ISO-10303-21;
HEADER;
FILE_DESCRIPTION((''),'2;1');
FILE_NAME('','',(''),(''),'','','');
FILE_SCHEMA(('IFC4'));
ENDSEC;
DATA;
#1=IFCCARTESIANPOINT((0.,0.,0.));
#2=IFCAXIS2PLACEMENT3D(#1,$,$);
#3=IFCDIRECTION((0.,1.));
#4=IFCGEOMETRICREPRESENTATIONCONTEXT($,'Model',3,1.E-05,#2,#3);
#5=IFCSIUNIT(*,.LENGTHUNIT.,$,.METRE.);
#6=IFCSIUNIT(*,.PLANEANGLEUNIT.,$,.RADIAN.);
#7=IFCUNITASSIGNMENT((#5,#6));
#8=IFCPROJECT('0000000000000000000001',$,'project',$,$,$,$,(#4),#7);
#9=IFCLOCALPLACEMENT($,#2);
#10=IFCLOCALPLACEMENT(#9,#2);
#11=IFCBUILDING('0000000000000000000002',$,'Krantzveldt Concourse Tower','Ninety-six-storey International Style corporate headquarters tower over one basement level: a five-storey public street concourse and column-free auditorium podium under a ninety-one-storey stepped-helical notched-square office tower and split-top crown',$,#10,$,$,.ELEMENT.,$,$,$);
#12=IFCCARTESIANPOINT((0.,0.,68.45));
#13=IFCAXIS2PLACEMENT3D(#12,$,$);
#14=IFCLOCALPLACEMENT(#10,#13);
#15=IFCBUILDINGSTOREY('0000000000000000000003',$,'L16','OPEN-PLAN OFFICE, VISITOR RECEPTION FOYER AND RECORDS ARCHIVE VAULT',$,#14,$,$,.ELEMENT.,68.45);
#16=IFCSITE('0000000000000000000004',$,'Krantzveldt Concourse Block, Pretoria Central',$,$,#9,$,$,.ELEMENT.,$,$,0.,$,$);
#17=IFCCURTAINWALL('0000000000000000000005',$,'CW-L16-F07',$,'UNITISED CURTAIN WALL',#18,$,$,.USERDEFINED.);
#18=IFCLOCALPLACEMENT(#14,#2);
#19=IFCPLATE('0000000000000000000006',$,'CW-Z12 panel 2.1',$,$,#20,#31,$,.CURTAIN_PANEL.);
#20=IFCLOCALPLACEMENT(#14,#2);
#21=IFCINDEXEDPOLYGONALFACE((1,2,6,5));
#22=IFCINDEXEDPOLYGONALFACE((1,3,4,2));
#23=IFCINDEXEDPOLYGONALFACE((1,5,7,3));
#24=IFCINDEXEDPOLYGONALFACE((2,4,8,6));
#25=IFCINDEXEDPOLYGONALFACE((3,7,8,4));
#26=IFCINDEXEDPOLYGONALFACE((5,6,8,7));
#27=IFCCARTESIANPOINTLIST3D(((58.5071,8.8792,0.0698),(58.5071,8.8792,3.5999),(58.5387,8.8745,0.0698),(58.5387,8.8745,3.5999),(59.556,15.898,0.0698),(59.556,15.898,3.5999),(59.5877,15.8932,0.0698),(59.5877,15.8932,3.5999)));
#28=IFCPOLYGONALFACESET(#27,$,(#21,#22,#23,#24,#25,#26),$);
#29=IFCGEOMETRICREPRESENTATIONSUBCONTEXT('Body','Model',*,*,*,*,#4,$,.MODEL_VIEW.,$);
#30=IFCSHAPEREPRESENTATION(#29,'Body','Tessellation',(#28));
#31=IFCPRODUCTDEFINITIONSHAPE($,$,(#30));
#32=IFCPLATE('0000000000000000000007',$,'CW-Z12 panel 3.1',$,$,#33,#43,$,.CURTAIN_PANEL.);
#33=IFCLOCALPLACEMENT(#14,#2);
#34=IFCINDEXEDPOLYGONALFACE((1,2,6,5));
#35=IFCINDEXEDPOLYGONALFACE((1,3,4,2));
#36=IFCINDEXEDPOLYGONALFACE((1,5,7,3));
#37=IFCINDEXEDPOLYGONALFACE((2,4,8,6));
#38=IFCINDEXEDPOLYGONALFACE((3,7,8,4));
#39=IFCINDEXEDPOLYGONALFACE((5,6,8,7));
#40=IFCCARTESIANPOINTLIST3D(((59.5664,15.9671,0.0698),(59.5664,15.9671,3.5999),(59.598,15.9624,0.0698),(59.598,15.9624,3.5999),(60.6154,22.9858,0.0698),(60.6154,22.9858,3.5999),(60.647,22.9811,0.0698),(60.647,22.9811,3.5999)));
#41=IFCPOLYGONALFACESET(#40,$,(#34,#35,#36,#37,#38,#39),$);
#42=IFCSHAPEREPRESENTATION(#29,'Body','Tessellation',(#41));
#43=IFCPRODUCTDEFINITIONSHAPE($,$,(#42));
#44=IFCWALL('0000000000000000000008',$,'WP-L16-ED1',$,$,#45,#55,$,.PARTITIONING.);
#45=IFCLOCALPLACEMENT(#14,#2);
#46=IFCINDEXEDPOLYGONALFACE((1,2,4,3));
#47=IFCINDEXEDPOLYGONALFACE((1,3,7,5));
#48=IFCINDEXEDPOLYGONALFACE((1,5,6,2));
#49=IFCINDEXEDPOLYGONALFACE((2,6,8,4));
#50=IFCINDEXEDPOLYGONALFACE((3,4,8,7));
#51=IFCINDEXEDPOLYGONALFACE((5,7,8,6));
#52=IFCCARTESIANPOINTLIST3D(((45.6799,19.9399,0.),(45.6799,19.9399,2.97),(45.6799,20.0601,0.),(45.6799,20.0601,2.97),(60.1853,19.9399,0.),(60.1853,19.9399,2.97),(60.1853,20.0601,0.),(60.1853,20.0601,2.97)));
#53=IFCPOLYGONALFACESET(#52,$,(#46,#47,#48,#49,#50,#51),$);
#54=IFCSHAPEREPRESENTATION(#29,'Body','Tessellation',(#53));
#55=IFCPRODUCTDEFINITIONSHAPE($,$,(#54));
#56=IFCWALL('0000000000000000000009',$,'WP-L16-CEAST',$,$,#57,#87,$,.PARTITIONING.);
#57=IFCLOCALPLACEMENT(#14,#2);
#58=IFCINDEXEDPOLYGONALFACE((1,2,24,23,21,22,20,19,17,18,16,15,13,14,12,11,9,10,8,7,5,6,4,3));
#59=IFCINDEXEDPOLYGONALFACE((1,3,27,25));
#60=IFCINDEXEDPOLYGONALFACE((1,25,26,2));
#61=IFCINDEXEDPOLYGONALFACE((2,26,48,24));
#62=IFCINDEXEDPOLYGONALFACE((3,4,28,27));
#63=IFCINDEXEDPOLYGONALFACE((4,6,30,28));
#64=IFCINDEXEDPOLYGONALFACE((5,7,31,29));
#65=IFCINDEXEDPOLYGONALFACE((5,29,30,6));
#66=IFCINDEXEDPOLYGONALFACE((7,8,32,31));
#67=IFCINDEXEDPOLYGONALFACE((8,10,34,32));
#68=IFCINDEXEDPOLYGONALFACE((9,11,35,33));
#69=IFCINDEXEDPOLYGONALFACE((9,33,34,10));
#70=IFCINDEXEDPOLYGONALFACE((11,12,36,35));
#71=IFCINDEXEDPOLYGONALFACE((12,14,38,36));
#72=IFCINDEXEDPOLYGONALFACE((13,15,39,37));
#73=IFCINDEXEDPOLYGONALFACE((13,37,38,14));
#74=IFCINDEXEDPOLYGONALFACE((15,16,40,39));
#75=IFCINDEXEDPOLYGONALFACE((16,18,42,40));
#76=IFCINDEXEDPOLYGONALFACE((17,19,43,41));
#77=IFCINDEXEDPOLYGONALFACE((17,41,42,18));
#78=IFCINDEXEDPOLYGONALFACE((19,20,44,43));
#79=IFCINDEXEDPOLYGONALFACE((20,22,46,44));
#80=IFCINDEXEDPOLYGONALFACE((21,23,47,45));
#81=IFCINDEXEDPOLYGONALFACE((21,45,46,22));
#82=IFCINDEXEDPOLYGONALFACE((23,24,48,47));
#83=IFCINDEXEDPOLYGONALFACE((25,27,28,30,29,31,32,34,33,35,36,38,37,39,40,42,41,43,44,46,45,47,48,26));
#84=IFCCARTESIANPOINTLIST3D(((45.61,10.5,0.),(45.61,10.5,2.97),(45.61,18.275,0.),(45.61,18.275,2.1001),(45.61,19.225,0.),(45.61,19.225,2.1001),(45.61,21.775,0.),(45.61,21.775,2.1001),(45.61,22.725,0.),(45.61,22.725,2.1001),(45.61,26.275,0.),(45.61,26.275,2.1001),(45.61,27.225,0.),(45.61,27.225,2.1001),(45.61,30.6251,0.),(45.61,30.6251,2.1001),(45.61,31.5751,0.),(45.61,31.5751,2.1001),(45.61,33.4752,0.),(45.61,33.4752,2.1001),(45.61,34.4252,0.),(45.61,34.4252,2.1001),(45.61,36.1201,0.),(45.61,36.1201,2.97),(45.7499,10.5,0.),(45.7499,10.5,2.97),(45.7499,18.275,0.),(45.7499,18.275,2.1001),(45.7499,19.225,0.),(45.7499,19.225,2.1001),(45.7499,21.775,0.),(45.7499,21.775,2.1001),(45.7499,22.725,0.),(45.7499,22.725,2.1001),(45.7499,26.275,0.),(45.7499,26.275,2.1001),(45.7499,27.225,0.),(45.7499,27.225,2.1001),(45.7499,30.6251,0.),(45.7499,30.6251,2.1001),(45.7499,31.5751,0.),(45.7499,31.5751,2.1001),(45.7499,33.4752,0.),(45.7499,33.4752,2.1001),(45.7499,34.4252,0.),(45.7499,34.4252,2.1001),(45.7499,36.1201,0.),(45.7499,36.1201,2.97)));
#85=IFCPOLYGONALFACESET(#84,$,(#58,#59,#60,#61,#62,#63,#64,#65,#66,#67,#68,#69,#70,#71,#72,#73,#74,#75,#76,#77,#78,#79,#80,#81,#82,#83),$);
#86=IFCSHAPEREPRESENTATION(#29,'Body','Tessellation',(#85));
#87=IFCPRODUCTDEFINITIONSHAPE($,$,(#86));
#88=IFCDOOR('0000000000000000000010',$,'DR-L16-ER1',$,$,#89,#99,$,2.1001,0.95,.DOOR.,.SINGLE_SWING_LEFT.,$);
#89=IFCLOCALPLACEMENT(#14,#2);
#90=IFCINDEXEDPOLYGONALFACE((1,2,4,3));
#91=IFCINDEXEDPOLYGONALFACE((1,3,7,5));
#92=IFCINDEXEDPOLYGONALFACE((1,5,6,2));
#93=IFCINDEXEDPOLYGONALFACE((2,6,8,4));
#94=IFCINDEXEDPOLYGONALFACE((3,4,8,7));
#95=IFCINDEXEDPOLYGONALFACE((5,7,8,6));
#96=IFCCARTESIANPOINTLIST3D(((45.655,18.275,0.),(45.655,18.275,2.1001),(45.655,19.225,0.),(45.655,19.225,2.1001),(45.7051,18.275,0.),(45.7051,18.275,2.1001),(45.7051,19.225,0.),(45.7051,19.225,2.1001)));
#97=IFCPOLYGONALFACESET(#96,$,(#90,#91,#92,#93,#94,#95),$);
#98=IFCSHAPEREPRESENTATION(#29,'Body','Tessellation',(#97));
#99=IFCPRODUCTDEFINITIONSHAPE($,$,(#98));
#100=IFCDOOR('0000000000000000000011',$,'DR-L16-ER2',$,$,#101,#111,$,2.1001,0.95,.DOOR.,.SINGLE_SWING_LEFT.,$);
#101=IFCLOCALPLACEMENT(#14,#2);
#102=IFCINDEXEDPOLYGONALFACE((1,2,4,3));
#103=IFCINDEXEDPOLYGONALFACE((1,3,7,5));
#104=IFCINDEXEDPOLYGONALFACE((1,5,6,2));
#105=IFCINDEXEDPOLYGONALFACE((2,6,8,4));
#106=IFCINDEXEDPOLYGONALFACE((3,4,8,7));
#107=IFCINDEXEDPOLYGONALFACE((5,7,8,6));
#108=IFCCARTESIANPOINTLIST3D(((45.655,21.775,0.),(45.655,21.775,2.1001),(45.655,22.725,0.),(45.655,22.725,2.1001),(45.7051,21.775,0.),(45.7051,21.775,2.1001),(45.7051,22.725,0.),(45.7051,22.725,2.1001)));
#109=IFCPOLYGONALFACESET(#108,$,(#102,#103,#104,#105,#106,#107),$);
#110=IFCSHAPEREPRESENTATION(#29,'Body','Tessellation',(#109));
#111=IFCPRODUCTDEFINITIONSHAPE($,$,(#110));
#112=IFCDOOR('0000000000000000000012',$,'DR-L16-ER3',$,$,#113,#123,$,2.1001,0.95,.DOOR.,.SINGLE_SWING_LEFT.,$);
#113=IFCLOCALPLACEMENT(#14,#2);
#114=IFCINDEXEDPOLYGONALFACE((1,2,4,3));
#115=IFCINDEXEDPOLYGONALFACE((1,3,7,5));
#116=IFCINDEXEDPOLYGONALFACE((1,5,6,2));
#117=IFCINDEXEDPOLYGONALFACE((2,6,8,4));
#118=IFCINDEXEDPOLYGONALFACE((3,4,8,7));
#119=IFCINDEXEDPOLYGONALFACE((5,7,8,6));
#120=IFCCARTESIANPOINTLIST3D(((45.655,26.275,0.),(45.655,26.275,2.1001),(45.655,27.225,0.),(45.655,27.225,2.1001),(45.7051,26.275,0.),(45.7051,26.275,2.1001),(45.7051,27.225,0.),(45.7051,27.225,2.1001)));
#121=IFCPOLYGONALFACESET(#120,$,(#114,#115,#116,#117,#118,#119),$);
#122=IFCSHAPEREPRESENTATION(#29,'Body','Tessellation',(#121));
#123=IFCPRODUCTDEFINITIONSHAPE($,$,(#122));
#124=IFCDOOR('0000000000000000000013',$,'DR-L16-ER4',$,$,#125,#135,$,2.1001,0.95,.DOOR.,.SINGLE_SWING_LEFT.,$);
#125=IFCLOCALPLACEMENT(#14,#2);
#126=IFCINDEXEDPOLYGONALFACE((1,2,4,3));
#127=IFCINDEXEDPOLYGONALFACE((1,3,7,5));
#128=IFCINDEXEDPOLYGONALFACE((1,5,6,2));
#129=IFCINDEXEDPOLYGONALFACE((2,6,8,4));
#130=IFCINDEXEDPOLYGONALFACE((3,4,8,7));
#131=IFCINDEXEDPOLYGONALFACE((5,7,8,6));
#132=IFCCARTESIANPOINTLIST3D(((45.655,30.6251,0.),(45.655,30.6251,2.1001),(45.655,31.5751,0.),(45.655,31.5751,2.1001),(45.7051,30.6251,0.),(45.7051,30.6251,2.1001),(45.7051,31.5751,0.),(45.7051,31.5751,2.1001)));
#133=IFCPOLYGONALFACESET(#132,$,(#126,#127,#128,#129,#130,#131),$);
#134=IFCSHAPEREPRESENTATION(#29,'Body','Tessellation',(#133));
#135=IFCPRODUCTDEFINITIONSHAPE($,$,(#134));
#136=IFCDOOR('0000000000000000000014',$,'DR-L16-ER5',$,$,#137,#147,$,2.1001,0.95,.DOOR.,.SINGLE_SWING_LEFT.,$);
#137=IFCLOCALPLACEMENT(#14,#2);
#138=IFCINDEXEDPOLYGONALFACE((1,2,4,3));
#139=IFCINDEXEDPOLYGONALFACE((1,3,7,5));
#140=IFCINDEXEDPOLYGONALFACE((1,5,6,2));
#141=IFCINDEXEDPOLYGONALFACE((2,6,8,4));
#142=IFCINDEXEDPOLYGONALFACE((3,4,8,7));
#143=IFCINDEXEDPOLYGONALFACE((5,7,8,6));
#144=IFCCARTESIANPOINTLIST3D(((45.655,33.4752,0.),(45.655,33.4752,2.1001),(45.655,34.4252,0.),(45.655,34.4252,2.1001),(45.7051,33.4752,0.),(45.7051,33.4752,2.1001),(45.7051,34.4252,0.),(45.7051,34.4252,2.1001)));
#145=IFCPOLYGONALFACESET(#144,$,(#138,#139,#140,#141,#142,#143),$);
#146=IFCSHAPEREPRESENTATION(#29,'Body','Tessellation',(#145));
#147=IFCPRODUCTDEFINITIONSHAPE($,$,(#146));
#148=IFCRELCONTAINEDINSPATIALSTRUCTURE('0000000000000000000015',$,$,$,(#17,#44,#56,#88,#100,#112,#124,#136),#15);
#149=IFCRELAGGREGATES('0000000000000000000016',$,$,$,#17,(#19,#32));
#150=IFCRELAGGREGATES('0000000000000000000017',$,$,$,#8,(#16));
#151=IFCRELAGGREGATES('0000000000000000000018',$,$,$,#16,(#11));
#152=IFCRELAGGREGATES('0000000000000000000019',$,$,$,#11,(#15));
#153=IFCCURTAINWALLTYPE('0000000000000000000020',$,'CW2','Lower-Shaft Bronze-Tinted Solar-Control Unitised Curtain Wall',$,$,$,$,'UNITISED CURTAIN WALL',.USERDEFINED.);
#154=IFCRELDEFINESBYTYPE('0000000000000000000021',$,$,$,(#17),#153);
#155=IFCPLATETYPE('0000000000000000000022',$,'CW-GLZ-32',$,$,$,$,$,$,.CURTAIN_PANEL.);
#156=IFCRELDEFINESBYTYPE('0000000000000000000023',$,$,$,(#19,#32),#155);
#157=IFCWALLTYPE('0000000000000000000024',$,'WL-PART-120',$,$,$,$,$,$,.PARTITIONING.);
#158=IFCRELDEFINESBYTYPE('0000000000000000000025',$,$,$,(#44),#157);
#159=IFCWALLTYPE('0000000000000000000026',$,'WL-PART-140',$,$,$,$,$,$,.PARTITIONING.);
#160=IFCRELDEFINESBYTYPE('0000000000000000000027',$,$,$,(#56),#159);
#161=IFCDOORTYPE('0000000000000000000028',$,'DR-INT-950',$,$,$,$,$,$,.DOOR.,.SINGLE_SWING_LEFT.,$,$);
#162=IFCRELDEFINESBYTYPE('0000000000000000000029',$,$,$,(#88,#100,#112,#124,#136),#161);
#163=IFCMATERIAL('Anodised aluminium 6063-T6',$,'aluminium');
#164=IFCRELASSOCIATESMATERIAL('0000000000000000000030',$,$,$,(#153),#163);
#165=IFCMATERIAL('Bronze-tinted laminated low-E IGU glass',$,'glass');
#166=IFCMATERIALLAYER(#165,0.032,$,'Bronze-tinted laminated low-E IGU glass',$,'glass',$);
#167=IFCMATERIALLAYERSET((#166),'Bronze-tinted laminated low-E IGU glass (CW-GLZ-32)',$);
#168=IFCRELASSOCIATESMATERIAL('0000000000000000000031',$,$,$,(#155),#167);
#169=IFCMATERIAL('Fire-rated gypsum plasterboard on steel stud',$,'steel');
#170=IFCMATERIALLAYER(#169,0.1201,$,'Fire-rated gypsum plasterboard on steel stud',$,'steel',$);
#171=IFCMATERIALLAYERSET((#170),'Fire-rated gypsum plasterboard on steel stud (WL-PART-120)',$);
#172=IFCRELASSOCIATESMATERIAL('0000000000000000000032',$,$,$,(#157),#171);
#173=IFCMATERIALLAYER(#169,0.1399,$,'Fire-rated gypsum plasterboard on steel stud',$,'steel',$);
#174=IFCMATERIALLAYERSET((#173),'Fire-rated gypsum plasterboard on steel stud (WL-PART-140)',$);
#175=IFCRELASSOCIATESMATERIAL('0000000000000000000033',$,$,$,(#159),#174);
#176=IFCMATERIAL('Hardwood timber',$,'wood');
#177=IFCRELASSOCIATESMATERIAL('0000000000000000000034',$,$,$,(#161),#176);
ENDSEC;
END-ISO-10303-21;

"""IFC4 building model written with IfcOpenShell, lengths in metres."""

from ifc_helpers import new_model, si_unit, direction, frame, frame_2d, origin, origin_2d, place, context, subcontext, project, spatial, rectangle, extrude, source, transform, mapped, material, layer, layer_set, type_object, type_shapes, element, fill, aggregate, save


model = new_model("IFC4")

# Units and contexts
model_context = context("Model", 3, precision=1e-05, world=origin(), true_north=direction((0.0, 1.0)))
body_context = subcontext(model_context, "Body", "Model", "MODEL_VIEW")
ifc_project = project(units=[si_unit("LENGTHUNIT", "METRE"), si_unit("PLANEANGLEUNIT", "RADIAN")], contexts=[model_context])

# Site, building, storey
site_placement = place(None, origin())
site = spatial("IfcSite", under=ifc_project, at=site_placement, Name="Krantzveldt Concourse Block, Pretoria Central", CompositionType="ELEMENT", RefElevation=0.0)
building_placement = place(site_placement, origin())
building = spatial("IfcBuilding", under=site, at=building_placement, Name="Krantzveldt Concourse Tower", Description="Ninety-six-storey International Style corporate headquarters tower over one basement level: a five-storey public street concourse and column-free auditorium podium under a ninety-one-storey stepped-helical notched-square office tower and split-top crown", CompositionType="ELEMENT")
storey_placement = place(building_placement, frame((0.0, 0.0, 68.45)))
storey = spatial("IfcBuildingStorey", under=building, at=storey_placement, Name="L16", Description="OPEN-PLAN OFFICE, VISITOR RECEPTION FOYER AND RECORDS ARCHIVE VAULT", CompositionType="ELEMENT", Elevation=68.45)

# Curtain wall, plates
ifc_material_1 = material(Name="Anodised aluminium 6063-T6", Category="aluminium")
curtain_wall_type = type_object("IfcCurtainWallType", Name="CW2", Description="Lower-Shaft Bronze-Tinted Solar-Control Unitised Curtain Wall", ElementType="UNITISED CURTAIN WALL", PredefinedType="USERDEFINED", material=ifc_material_1)
curtain_wall_placement = place(storey_placement, origin())
curtain_wall = element("IfcCurtainWall", 1, at=curtain_wall_placement, inside=storey, type_object=curtain_wall_type, Name="CW-L16-F07", ObjectType="UNITISED CURTAIN WALL", PredefinedType="USERDEFINED")
ifc_material_2 = material(Name="Bronze-tinted laminated low-E IGU glass", Category="glass")
ifc_layer_1 = layer(ifc_material_2, 0.032, Name="Bronze-tinted laminated low-E IGU glass", Category="glass")
ifc_layer_set_1 = layer_set([ifc_layer_1], Name="Bronze-tinted laminated low-E IGU glass (CW-GLZ-32)")
plate_type = type_object("IfcPlateType", Name="CW-GLZ-32", PredefinedType="CURTAIN_PANEL", material=ifc_layer_set_1)
shared_shape_1 = source(origin(), body_context, "Body", "SweptSolid", [
    extrude(rectangle(XDim=7.0967, YDim=0.032, at=origin_2d()), origin(), (0.0, 0.0, 1.0), 3.53),
])
type_shapes(plate_type, [shared_shape_1])
plate_1_placement = place(storey_placement, frame((59.0474, 12.3862, 0.0698), z_axis=(0.0, 0.0, 1.0), x_axis=(0.14781, 0.989016, 0.0)))
plate_1 = element("IfcPlate", 2, at=plate_1_placement, type_object=plate_type, Name="CW-Z12 panel 2.1", PredefinedType="CURTAIN_PANEL", context=body_context, shape_type="MappedRepresentation", body=[
    mapped(shared_shape_1, transform((0.0, 0.0, 0.0), x_axis=(1.0, 0.0, 0.0), y_axis=(0.0, 1.0, 0.0), z_axis=(0.0, 0.0, 1.0), scale=1.0)),
])
plate_2_placement = place(storey_placement, frame((60.1067, 19.4741, 0.0698), z_axis=(0.0, 0.0, 1.0), x_axis=(0.14781, 0.989016, 0.0)))
plate_2 = element("IfcPlate", 3, at=plate_2_placement, type_object=plate_type, Name="CW-Z12 panel 3.1", PredefinedType="CURTAIN_PANEL", context=body_context, shape_type="MappedRepresentation", body=[
    mapped(shared_shape_1, transform((0.0, 0.0, 0.0), x_axis=(1.0, 0.0, 0.0), y_axis=(0.0, 1.0, 0.0), z_axis=(0.0, 0.0, 1.0), scale=1.0)),
])
aggregate(curtain_wall, [plate_1, plate_2])

# Wall
ifc_material_3 = material(Name="Fire-rated gypsum plasterboard on steel stud", Category="steel")
ifc_layer_2 = layer(ifc_material_3, 0.1201, Name="Fire-rated gypsum plasterboard on steel stud", Category="steel")
ifc_layer_set_2 = layer_set([ifc_layer_2], Name="Fire-rated gypsum plasterboard on steel stud (WL-PART-120)")
wall_type_1 = type_object("IfcWallType", Name="WL-PART-120", PredefinedType="PARTITIONING", material=ifc_layer_set_2)
wall_1_placement = place(storey_placement, frame((45.6799, 20.0, 0.0), z_axis=(0.0, 0.0, 1.0), x_axis=(1.0, 0.0, 0.0)))
element("IfcWall", 4, at=wall_1_placement, inside=storey, type_object=wall_type_1, Name="WP-L16-ED1", PredefinedType="PARTITIONING", context=body_context, shape_type="SweptSolid", body=[
    extrude(rectangle(XDim=14.5054, YDim=0.1201, at=frame_2d((7.2527, 0.0))), origin(), (0.0, 0.0, 1.0), 2.97),
])

# Wall, openings, doors
ifc_layer_3 = layer(ifc_material_3, 0.1399, Name="Fire-rated gypsum plasterboard on steel stud", Category="steel")
ifc_layer_set_3 = layer_set([ifc_layer_3], Name="Fire-rated gypsum plasterboard on steel stud (WL-PART-140)")
wall_type_2 = type_object("IfcWallType", Name="WL-PART-140", PredefinedType="PARTITIONING", material=ifc_layer_set_3)
wall_2_placement = place(storey_placement, frame((45.6799, 10.5, 0.0), z_axis=(0.0, 0.0, 1.0), x_axis=(0.0, 1.0, 0.0)))
wall_2 = element("IfcWall", 5, at=wall_2_placement, inside=storey, type_object=wall_type_2, Name="WP-L16-CEAST", PredefinedType="PARTITIONING", context=body_context, shape_type="SweptSolid", body=[
    extrude(rectangle(XDim=25.6201, YDim=0.1399, at=frame_2d((12.8101, 0.0))), origin(), (0.0, 0.0, 1.0), 2.97),
])
opening_1_placement = place(wall_2_placement, frame((7.7749, 0.0, 0.0)))
opening_1 = element("IfcOpeningElement", 6, at=opening_1_placement, cuts=wall_2, PredefinedType="OPENING", context=body_context, shape_type="SweptSolid", body=[
    extrude(rectangle(XDim=0.95, YDim=2.1001, at=frame_2d((0.4751, 1.05))), frame((0.0, 0.0801, 0.0), z_axis=(0.0, -1.0, 0.0), x_axis=(1.0, 0.0, 0.0)), (0.0, 0.0, 1.0), 0.1599),
])
opening_2_placement = place(wall_2_placement, frame((11.2749, 0.0, 0.0)))
opening_2 = element("IfcOpeningElement", 7, at=opening_2_placement, cuts=wall_2, PredefinedType="OPENING", context=body_context, shape_type="SweptSolid", body=[
    extrude(rectangle(XDim=0.95, YDim=2.1001, at=frame_2d((0.4751, 1.05))), frame((0.0, 0.0801, 0.0), z_axis=(0.0, -1.0, 0.0), x_axis=(1.0, 0.0, 0.0)), (0.0, 0.0, 1.0), 0.1599),
])
opening_3_placement = place(wall_2_placement, frame((15.7749, 0.0, 0.0)))
opening_3 = element("IfcOpeningElement", 8, at=opening_3_placement, cuts=wall_2, PredefinedType="OPENING", context=body_context, shape_type="SweptSolid", body=[
    extrude(rectangle(XDim=0.95, YDim=2.1001, at=frame_2d((0.4751, 1.05))), frame((0.0, 0.0801, 0.0), z_axis=(0.0, -1.0, 0.0), x_axis=(1.0, 0.0, 0.0)), (0.0, 0.0, 1.0), 0.1599),
])
opening_4_placement = place(wall_2_placement, frame((20.125, 0.0, 0.0)))
opening_4 = element("IfcOpeningElement", 9, at=opening_4_placement, cuts=wall_2, PredefinedType="OPENING", context=body_context, shape_type="SweptSolid", body=[
    extrude(rectangle(XDim=0.95, YDim=2.1001, at=frame_2d((0.4751, 1.05))), frame((0.0, 0.0801, 0.0), z_axis=(0.0, -1.0, 0.0), x_axis=(1.0, 0.0, 0.0)), (0.0, 0.0, 1.0), 0.1599),
])
opening_5_placement = place(wall_2_placement, frame((22.9751, 0.0, 0.0)))
opening_5 = element("IfcOpeningElement", 10, at=opening_5_placement, cuts=wall_2, PredefinedType="OPENING", context=body_context, shape_type="SweptSolid", body=[
    extrude(rectangle(XDim=0.95, YDim=2.1001, at=frame_2d((0.4751, 1.05))), frame((0.0, 0.0801, 0.0), z_axis=(0.0, -1.0, 0.0), x_axis=(1.0, 0.0, 0.0)), (0.0, 0.0, 1.0), 0.1599),
])
ifc_material_4 = material(Name="Hardwood timber", Category="wood")
door_type_1 = type_object("IfcDoorType", Name="DR-INT-950", OperationType="SINGLE_SWING_LEFT", PredefinedType="DOOR", material=ifc_material_4)
door_1_placement = place(opening_1_placement, origin())
door_1 = element("IfcDoor", 11, at=door_1_placement, inside=storey, type_object=door_type_1, Name="DR-L16-ER1", OperationType="SINGLE_SWING_LEFT", OverallHeight=2.1001, OverallWidth=0.95, PredefinedType="DOOR", context=body_context, shape_type="SweptSolid", body=[
    extrude(rectangle(XDim=0.95, YDim=2.1001, at=frame_2d((0.4751, 1.05))), frame((0.0, 0.0249, 0.0), z_axis=(0.0, -1.0, 0.0), x_axis=(1.0, 0.0, 0.0)), (0.0, 0.0, 1.0), 0.05),
])
fill(opening_1, door_1)
door_2_placement = place(opening_2_placement, origin())
door_2 = element("IfcDoor", 12, at=door_2_placement, inside=storey, type_object=door_type_1, Name="DR-L16-ER2", OperationType="SINGLE_SWING_LEFT", OverallHeight=2.1001, OverallWidth=0.95, PredefinedType="DOOR", context=body_context, shape_type="SweptSolid", body=[
    extrude(rectangle(XDim=0.95, YDim=2.1001, at=frame_2d((0.4751, 1.05))), frame((0.0, 0.0249, 0.0), z_axis=(0.0, -1.0, 0.0), x_axis=(1.0, 0.0, 0.0)), (0.0, 0.0, 1.0), 0.05),
])
fill(opening_2, door_2)
door_3_placement = place(opening_3_placement, origin())
door_3 = element("IfcDoor", 13, at=door_3_placement, inside=storey, type_object=door_type_1, Name="DR-L16-ER3", OperationType="SINGLE_SWING_LEFT", OverallHeight=2.1001, OverallWidth=0.95, PredefinedType="DOOR", context=body_context, shape_type="SweptSolid", body=[
    extrude(rectangle(XDim=0.95, YDim=2.1001, at=frame_2d((0.4751, 1.05))), frame((0.0, 0.0249, 0.0), z_axis=(0.0, -1.0, 0.0), x_axis=(1.0, 0.0, 0.0)), (0.0, 0.0, 1.0), 0.05),
])
fill(opening_3, door_3)
door_4_placement = place(opening_4_placement, origin())
door_4 = element("IfcDoor", 14, at=door_4_placement, inside=storey, type_object=door_type_1, Name="DR-L16-ER4", OperationType="SINGLE_SWING_LEFT", OverallHeight=2.1001, OverallWidth=0.95, PredefinedType="DOOR", context=body_context, shape_type="SweptSolid", body=[
    extrude(rectangle(XDim=0.95, YDim=2.1001, at=frame_2d((0.4751, 1.05))), frame((0.0, 0.0249, 0.0), z_axis=(0.0, -1.0, 0.0), x_axis=(1.0, 0.0, 0.0)), (0.0, 0.0, 1.0), 0.05),
])
fill(opening_4, door_4)
door_5_placement = place(opening_5_placement, origin())
door_5 = element("IfcDoor", 15, at=door_5_placement, inside=storey, type_object=door_type_1, Name="DR-L16-ER5", OperationType="SINGLE_SWING_LEFT", OverallHeight=2.1001, OverallWidth=0.95, PredefinedType="DOOR", context=body_context, shape_type="SweptSolid", body=[
    extrude(rectangle(XDim=0.95, YDim=2.1001, at=frame_2d((0.4751, 1.05))), frame((0.0, 0.0249, 0.0), z_axis=(0.0, -1.0, 0.0), x_axis=(1.0, 0.0, 0.0)), (0.0, 0.0, 1.0), 0.05),
])
fill(opening_5, door_5)

save(model, "model.ifc")
